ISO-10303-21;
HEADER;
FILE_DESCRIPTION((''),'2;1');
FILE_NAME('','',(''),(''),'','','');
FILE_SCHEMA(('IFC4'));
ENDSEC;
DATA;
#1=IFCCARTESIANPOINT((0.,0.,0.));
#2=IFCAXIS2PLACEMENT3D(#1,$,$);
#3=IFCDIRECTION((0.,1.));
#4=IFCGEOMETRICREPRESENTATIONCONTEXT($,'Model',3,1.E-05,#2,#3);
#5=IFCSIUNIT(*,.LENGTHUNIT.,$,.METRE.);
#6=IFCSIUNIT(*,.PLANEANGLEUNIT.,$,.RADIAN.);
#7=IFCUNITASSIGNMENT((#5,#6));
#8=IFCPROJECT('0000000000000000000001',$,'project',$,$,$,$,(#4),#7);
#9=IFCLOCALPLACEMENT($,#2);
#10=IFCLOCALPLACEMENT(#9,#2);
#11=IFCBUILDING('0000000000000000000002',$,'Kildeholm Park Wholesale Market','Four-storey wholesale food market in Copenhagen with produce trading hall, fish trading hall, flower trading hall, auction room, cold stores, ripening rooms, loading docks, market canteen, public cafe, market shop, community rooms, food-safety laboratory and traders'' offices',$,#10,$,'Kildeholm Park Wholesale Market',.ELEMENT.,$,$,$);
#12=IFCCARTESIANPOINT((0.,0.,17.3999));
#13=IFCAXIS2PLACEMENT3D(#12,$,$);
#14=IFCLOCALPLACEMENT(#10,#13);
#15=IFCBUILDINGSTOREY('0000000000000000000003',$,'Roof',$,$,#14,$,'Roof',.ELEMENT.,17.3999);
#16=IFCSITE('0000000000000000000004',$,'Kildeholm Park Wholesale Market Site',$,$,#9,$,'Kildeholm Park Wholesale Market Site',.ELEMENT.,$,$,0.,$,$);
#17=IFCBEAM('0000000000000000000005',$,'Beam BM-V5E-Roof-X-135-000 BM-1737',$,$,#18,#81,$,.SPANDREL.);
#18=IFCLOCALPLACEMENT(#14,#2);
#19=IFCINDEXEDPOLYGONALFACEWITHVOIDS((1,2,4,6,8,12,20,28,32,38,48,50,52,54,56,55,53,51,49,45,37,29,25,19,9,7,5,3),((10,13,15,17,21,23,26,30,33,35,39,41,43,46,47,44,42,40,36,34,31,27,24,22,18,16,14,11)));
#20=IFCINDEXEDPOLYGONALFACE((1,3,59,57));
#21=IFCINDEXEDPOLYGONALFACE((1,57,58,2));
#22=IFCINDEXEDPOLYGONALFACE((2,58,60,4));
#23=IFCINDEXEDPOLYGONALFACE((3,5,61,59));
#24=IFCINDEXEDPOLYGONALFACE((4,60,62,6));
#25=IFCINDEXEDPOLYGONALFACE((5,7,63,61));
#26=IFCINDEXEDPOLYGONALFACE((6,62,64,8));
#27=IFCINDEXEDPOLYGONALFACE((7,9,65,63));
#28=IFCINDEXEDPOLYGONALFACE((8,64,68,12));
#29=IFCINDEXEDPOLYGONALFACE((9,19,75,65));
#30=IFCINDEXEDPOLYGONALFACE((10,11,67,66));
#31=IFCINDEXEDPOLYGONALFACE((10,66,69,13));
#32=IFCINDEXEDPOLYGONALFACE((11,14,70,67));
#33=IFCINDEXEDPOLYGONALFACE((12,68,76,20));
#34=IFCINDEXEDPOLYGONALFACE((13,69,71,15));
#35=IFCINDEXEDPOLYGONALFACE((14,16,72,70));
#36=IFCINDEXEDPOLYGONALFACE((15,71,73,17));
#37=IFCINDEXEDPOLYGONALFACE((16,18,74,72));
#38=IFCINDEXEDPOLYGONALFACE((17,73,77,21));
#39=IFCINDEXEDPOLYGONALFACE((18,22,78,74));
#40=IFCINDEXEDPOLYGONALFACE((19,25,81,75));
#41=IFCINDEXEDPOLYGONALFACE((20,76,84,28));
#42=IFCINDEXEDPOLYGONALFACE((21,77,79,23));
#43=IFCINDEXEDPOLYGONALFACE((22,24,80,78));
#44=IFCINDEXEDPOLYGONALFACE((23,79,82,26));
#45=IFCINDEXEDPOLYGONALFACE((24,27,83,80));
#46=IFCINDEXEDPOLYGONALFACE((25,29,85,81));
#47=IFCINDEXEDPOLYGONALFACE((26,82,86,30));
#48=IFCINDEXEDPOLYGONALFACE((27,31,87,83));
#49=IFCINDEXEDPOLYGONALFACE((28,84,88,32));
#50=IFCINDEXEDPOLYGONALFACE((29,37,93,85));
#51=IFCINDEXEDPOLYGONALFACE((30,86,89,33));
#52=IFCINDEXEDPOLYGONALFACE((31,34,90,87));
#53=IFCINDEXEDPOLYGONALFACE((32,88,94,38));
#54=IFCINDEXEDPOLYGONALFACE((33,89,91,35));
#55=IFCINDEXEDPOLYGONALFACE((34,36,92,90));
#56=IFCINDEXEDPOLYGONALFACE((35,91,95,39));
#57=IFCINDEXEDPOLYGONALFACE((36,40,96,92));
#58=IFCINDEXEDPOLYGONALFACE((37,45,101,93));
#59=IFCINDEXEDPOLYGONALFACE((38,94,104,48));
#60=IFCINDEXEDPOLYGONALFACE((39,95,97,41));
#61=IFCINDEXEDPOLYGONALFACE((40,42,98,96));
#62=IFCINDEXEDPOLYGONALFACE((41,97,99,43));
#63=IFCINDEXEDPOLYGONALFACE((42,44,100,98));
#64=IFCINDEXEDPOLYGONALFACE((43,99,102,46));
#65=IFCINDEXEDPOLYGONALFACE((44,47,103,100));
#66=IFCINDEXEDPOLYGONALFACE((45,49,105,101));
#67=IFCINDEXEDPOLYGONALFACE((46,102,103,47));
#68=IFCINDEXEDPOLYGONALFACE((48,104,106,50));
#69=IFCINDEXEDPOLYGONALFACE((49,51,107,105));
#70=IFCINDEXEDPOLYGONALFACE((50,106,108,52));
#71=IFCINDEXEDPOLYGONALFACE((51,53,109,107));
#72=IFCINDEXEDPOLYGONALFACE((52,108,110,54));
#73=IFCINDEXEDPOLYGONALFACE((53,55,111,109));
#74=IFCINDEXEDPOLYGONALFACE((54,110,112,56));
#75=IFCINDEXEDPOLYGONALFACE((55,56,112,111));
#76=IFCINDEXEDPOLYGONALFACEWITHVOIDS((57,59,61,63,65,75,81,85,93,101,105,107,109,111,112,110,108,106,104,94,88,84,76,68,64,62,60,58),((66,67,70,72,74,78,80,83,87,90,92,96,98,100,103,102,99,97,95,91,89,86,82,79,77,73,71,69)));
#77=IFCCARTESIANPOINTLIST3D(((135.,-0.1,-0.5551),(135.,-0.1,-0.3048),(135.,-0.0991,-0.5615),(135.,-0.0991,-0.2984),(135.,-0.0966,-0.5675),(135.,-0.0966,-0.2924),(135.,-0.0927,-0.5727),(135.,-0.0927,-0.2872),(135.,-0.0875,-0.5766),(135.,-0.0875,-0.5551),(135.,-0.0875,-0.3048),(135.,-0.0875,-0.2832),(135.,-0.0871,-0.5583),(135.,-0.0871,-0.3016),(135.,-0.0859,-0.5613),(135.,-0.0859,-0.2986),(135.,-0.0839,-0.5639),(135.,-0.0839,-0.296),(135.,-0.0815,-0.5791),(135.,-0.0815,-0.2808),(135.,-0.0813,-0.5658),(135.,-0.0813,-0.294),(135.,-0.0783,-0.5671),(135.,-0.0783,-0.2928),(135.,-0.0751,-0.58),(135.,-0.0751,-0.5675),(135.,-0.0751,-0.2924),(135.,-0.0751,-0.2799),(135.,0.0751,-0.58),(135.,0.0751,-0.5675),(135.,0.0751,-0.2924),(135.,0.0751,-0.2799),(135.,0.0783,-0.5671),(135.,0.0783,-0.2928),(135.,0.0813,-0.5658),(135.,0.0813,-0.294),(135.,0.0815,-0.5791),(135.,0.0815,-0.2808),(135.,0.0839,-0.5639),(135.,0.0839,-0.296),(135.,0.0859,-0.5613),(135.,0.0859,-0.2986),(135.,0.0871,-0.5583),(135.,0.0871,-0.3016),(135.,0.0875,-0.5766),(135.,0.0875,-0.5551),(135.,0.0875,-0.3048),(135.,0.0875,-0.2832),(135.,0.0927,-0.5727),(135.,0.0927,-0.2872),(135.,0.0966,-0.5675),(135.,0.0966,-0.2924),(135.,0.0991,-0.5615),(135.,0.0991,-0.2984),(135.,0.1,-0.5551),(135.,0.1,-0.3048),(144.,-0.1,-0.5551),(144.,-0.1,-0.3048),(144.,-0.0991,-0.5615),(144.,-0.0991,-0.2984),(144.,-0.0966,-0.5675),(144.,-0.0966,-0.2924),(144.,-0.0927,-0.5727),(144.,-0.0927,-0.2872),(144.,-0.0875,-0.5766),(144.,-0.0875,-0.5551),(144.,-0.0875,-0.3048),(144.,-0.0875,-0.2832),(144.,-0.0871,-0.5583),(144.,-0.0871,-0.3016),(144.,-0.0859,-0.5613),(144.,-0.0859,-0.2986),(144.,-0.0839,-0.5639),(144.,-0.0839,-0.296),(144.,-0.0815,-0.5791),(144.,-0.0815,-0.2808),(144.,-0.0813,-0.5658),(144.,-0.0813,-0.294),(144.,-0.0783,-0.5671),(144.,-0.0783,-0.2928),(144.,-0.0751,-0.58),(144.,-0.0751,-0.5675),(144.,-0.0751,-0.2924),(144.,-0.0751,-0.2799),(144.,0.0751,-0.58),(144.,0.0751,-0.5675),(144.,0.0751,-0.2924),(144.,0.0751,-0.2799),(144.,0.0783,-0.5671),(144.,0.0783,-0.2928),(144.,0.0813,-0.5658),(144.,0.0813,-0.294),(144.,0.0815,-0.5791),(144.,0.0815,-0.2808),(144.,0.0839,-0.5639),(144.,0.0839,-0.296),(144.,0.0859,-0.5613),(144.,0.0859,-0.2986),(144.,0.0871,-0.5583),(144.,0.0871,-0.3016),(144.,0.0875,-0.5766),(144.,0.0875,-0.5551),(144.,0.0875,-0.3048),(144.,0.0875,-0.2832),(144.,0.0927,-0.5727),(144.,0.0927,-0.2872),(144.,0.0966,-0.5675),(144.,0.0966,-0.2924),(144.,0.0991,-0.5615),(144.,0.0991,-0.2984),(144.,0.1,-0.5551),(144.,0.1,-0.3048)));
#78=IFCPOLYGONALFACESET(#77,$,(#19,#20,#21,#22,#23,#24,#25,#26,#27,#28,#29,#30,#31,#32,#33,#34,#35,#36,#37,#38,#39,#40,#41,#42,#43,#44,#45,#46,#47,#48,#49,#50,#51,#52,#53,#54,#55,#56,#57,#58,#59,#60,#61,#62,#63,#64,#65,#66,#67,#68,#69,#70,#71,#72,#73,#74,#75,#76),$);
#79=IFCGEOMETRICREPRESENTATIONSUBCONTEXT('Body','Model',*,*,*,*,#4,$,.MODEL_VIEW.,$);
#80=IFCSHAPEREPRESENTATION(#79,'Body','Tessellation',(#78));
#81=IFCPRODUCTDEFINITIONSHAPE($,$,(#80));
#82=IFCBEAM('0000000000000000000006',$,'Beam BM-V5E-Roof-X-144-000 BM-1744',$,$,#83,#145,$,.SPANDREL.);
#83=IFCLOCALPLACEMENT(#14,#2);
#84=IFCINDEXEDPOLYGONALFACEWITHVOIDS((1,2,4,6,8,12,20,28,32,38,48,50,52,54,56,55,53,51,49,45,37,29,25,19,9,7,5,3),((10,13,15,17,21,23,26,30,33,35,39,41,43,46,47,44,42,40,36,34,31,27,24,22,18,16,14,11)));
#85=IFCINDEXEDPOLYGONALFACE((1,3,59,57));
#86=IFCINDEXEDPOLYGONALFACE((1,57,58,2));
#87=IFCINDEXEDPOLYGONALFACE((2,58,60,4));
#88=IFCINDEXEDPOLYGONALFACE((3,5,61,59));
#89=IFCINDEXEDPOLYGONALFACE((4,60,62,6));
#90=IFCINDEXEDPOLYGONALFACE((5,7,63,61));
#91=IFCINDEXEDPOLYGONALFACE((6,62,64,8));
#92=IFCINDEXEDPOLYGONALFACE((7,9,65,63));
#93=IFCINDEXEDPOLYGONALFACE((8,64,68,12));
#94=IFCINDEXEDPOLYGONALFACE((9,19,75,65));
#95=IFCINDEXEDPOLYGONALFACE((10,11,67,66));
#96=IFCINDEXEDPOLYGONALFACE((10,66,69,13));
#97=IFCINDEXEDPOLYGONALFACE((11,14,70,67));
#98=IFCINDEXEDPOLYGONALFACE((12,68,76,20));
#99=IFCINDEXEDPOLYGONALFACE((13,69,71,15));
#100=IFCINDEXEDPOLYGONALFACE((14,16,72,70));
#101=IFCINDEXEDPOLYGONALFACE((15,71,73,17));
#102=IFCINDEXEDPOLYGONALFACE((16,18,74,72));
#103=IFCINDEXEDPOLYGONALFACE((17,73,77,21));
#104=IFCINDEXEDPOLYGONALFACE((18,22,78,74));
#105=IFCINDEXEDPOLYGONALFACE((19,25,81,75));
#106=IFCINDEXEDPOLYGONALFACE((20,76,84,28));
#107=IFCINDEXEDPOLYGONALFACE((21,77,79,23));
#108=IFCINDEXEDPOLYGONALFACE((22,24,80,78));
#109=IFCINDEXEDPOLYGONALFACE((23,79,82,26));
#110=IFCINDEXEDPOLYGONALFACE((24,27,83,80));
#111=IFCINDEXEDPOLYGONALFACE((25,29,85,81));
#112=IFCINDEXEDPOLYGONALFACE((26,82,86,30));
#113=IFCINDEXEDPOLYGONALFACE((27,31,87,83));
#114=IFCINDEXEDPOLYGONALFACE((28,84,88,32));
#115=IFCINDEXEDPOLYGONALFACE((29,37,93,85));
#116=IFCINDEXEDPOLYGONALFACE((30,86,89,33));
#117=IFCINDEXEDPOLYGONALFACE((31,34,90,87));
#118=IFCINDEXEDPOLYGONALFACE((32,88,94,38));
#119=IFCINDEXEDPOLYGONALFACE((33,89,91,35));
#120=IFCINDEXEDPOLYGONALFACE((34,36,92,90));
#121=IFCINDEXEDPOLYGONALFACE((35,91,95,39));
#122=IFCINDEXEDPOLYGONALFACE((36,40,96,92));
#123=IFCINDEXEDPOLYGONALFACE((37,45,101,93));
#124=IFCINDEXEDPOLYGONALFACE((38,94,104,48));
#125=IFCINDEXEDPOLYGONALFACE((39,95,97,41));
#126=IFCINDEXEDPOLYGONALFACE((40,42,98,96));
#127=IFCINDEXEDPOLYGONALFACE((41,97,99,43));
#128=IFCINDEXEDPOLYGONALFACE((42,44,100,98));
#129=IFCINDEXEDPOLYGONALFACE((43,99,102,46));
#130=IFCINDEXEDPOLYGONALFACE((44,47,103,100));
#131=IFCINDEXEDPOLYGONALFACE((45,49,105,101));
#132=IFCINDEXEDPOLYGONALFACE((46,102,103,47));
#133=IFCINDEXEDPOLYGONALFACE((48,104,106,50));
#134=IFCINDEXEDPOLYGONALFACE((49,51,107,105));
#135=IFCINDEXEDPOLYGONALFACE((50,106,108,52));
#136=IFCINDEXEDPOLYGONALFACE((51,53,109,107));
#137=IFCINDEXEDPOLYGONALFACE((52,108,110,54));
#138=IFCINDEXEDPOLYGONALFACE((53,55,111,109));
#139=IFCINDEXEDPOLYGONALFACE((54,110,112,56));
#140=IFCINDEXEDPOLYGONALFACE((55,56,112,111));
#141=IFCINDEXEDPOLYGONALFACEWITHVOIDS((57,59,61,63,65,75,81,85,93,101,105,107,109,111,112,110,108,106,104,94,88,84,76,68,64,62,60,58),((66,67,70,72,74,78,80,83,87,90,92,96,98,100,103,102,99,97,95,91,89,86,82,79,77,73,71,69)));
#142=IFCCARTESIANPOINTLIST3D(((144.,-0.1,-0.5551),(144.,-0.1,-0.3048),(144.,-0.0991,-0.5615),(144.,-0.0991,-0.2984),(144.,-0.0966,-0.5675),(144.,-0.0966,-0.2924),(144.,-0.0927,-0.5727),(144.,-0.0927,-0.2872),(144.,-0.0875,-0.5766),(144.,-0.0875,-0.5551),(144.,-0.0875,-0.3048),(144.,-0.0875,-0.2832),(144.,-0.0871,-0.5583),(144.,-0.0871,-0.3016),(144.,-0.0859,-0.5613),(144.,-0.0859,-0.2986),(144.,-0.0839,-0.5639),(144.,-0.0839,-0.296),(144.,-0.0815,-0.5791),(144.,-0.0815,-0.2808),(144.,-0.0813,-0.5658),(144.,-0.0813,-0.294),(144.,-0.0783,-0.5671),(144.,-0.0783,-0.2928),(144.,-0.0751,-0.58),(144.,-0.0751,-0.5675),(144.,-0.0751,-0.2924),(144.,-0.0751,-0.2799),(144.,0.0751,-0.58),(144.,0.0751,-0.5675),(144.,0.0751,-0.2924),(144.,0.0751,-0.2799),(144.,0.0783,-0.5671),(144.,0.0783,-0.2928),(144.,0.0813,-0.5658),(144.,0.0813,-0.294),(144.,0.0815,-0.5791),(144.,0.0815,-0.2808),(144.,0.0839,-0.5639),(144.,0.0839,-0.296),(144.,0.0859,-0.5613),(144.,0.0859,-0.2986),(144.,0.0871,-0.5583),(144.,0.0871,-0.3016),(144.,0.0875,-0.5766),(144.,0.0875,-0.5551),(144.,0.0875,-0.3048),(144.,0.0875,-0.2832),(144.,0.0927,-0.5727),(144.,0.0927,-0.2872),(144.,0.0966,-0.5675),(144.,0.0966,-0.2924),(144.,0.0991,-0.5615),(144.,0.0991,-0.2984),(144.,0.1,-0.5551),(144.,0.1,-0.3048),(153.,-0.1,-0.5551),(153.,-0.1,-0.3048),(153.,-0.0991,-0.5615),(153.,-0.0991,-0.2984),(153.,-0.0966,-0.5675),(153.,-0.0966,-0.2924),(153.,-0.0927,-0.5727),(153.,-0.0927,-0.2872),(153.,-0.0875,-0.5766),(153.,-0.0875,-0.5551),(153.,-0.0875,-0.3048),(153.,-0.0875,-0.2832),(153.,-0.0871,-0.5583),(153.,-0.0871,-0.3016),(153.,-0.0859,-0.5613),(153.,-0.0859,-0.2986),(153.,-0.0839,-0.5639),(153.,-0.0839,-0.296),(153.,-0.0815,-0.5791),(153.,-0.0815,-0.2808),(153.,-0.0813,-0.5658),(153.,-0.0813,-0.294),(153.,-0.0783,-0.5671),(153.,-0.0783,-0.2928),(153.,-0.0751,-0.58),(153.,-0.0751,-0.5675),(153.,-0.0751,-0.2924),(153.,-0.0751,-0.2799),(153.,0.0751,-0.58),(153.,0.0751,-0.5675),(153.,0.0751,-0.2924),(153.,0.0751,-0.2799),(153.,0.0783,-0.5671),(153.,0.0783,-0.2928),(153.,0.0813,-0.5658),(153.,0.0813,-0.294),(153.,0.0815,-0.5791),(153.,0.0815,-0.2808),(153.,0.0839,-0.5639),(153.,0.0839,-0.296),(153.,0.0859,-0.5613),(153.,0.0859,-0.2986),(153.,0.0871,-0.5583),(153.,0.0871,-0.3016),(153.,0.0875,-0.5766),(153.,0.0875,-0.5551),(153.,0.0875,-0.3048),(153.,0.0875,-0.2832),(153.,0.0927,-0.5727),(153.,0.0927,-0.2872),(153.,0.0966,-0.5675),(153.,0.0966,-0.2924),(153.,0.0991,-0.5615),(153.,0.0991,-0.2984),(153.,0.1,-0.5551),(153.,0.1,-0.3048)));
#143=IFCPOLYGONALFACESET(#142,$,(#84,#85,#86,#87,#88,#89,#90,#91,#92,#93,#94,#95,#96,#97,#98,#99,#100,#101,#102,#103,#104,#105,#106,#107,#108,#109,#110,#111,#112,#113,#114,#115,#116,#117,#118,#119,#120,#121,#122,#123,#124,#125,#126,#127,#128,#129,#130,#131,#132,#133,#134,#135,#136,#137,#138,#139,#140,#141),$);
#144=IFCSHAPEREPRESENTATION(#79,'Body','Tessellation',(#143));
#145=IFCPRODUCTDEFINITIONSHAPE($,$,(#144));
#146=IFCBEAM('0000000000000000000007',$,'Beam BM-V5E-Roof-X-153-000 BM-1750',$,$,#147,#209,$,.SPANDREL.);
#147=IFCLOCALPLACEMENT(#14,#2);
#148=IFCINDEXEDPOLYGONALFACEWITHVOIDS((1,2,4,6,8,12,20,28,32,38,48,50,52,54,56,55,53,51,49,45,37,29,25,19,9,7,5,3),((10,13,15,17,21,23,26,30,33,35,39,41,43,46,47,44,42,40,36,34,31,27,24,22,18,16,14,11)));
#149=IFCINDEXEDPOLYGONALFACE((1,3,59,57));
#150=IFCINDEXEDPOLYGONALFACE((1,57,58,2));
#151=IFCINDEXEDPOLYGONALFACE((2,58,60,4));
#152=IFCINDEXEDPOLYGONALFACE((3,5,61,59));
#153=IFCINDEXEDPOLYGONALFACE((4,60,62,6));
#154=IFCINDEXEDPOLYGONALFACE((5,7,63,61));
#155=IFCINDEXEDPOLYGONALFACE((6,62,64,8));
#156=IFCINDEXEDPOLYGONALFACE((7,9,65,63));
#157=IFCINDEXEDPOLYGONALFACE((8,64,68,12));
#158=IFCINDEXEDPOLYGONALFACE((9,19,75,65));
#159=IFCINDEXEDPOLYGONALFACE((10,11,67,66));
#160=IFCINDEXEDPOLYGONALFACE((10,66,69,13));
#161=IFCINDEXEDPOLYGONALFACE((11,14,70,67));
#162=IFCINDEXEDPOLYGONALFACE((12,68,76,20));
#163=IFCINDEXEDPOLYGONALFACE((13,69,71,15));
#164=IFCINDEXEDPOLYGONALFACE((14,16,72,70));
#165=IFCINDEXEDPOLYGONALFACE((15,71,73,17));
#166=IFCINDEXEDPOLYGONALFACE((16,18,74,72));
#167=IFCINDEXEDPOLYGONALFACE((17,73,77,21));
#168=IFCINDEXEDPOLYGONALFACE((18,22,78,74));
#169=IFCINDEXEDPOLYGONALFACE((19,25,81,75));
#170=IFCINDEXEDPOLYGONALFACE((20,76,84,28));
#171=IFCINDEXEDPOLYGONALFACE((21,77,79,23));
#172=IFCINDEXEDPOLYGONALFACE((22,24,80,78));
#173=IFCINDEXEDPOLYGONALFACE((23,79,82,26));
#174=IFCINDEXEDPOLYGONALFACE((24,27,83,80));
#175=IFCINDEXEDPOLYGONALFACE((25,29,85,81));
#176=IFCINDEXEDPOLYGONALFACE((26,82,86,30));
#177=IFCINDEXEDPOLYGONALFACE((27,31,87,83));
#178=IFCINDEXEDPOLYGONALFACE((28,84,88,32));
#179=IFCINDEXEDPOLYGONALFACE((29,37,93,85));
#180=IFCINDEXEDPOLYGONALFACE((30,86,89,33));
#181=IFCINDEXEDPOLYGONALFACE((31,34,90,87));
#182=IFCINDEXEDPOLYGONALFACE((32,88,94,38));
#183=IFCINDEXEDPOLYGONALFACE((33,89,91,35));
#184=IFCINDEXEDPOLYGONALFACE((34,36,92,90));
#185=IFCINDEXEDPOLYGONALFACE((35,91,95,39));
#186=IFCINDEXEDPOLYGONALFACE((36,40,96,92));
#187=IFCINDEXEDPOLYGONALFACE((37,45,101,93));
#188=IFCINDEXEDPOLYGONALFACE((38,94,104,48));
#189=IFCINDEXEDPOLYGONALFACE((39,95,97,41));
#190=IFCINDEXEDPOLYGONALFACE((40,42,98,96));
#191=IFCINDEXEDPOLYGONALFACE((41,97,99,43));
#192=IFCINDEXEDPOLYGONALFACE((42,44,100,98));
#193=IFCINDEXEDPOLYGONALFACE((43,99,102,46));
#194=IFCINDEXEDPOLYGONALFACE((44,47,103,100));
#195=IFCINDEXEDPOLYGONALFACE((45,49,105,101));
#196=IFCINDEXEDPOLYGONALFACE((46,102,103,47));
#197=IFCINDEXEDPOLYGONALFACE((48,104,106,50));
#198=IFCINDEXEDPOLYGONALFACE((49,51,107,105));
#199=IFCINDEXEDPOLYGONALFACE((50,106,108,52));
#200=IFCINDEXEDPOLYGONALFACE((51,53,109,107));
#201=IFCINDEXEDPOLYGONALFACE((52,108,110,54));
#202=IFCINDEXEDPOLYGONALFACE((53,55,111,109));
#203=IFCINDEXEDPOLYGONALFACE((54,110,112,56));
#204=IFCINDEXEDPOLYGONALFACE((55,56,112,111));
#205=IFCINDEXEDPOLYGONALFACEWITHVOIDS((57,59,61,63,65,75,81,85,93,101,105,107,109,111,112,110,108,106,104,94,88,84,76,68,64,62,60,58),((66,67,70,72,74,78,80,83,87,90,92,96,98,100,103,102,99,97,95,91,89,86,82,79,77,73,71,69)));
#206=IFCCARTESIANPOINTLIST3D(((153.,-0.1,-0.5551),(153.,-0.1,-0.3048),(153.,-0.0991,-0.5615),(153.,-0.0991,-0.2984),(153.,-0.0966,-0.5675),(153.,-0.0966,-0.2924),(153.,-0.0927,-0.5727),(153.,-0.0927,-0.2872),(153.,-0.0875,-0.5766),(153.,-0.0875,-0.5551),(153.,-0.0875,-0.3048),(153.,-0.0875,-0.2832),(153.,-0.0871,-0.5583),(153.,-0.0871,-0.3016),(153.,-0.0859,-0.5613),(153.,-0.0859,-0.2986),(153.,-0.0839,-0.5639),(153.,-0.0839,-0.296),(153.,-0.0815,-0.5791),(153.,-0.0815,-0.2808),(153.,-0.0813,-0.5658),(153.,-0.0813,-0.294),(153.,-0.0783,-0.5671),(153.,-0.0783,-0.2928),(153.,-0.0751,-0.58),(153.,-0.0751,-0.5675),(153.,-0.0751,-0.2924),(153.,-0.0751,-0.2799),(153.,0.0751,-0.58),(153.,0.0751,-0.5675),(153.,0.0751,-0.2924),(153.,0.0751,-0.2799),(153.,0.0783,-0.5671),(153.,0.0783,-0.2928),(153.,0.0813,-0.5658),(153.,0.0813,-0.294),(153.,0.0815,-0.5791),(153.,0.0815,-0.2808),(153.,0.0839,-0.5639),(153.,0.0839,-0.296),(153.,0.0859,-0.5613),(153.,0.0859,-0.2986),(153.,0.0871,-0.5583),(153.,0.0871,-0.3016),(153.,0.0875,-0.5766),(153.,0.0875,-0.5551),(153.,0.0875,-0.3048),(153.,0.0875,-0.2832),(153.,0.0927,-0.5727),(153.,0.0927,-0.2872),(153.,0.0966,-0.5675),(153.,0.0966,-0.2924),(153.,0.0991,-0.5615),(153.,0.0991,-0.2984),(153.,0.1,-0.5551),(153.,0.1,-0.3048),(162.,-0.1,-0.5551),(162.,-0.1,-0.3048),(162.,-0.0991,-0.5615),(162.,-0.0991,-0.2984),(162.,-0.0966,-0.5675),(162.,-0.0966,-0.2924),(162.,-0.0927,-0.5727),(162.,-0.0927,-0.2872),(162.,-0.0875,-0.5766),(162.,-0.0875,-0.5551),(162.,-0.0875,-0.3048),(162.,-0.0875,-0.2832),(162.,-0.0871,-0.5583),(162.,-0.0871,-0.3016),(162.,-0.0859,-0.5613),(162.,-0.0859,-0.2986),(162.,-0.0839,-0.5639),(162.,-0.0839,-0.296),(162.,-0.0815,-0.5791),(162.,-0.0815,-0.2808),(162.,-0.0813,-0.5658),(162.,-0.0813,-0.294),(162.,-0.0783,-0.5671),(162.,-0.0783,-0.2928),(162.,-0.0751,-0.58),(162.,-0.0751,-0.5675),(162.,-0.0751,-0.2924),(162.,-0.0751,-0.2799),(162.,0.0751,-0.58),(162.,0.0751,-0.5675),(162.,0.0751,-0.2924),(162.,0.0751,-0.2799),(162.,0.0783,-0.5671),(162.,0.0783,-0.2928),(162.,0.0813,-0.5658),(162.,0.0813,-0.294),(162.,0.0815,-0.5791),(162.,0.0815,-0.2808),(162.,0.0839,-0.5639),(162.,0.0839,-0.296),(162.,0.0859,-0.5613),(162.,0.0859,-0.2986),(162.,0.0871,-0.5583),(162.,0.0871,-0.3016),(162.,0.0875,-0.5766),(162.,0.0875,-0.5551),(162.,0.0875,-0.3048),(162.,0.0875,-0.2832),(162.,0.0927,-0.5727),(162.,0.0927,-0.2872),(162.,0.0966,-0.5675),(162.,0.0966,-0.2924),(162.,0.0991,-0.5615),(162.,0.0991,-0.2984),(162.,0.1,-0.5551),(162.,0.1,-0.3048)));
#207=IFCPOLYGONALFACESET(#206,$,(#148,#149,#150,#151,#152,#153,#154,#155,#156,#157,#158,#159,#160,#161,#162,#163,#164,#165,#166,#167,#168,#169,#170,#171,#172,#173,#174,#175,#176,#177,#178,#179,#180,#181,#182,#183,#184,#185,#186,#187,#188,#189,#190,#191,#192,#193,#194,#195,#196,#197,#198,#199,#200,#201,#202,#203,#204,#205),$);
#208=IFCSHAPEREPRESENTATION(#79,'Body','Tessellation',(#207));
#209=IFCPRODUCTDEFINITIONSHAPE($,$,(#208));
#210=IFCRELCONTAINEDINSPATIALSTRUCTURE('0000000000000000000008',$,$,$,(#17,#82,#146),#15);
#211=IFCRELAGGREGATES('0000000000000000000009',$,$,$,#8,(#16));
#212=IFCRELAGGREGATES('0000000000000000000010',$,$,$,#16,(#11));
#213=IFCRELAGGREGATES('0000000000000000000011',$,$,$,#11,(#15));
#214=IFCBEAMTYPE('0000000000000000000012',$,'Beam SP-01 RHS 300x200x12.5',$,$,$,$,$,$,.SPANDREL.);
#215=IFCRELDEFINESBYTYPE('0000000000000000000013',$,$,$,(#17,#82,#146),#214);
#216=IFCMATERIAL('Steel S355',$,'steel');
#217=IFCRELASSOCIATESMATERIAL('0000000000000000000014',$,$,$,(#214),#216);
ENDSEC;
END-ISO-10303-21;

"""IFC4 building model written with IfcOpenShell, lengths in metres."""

from ifc_helpers import new_model, si_unit, direction, frame, origin, origin_2d, place, context, subcontext, project, spatial, hollow_rectangle, extrude, material, material_profile, profile_set, type_object, element, save


model = new_model("IFC4")

# Units and contexts
model_context = context("Model", 3, precision=1e-05, world=origin(), true_north=direction((0.0, 1.0)))
body_context = subcontext(model_context, "Body", "Model", "MODEL_VIEW")
ifc_project = project(units=[si_unit("LENGTHUNIT", "METRE"), si_unit("PLANEANGLEUNIT", "RADIAN")], contexts=[model_context])

# Site, building, storey
site_placement = place(None, origin())
site = spatial("IfcSite", under=ifc_project, at=site_placement, Name="Kildeholm Park Wholesale Market Site", LongName="Kildeholm Park Wholesale Market Site", CompositionType="ELEMENT", RefElevation=0.0)
building_placement = place(site_placement, origin())
building = spatial("IfcBuilding", under=site, at=building_placement, Name="Kildeholm Park Wholesale Market", Description="Four-storey wholesale food market in Copenhagen with produce trading hall, fish trading hall, flower trading hall, auction room, cold stores, ripening rooms, loading docks, market canteen, public cafe, market shop, community rooms, food-safety laboratory and traders' offices", LongName="Kildeholm Park Wholesale Market", CompositionType="ELEMENT")
storey_placement = place(building_placement, frame((0.0, 0.0, 17.3999)))
storey = spatial("IfcBuildingStorey", under=building, at=storey_placement, Name="Roof", LongName="Roof", CompositionType="ELEMENT", Elevation=17.3999)

# Beams
ifc_material = material(Name="Steel S355", Category="steel")
ifc_material_profile_1 = material_profile(ifc_material, hollow_rectangle(XDim=0.2, YDim=0.3, WallThickness=0.0125, InnerFilletRadius=0.0125, OuterFilletRadius=0.0249, at=origin_2d()), Name="RHS 300x200x12.5")
ifc_profile_set_1 = profile_set([ifc_material_profile_1], Name="Steel S355")
beam_type_1 = type_object("IfcBeamType", Name="Beam SP-01 RHS 300x200x12.5", PredefinedType="SPANDREL", material=ifc_profile_set_1)
for number, where, z_axis, x_axis, name in (
    (1, (135.0, 0.0, -0.4299), (1.0, 0.0, 0.0), (0.0, 1.0, 0.0), "Beam BM-V5E-Roof-X-135-000 BM-1737"),
    (2, (144.0, 0.0, -0.4299), (1.0, 0.0, 0.0), (0.0, 1.0, 0.0), "Beam BM-V5E-Roof-X-144-000 BM-1744"),
    (3, (153.0, 0.0, -0.4299), (1.0, 0.0, 0.0), (0.0, 1.0, 0.0), "Beam BM-V5E-Roof-X-153-000 BM-1750"),
):
    element("IfcBeam", number, at=place(storey_placement, frame(where, z_axis=z_axis, x_axis=x_axis)), inside=storey, type_object=beam_type_1, Name=name, PredefinedType="SPANDREL", context=body_context, shape_type="SweptSolid", body=[
        extrude(hollow_rectangle(XDim=0.2, YDim=0.3, WallThickness=0.0125, InnerFilletRadius=0.0125, OuterFilletRadius=0.0249, at=origin_2d()), origin(), (0.0, 0.0, 1.0), 9.0),
    ])

save(model, "model.ifc")
